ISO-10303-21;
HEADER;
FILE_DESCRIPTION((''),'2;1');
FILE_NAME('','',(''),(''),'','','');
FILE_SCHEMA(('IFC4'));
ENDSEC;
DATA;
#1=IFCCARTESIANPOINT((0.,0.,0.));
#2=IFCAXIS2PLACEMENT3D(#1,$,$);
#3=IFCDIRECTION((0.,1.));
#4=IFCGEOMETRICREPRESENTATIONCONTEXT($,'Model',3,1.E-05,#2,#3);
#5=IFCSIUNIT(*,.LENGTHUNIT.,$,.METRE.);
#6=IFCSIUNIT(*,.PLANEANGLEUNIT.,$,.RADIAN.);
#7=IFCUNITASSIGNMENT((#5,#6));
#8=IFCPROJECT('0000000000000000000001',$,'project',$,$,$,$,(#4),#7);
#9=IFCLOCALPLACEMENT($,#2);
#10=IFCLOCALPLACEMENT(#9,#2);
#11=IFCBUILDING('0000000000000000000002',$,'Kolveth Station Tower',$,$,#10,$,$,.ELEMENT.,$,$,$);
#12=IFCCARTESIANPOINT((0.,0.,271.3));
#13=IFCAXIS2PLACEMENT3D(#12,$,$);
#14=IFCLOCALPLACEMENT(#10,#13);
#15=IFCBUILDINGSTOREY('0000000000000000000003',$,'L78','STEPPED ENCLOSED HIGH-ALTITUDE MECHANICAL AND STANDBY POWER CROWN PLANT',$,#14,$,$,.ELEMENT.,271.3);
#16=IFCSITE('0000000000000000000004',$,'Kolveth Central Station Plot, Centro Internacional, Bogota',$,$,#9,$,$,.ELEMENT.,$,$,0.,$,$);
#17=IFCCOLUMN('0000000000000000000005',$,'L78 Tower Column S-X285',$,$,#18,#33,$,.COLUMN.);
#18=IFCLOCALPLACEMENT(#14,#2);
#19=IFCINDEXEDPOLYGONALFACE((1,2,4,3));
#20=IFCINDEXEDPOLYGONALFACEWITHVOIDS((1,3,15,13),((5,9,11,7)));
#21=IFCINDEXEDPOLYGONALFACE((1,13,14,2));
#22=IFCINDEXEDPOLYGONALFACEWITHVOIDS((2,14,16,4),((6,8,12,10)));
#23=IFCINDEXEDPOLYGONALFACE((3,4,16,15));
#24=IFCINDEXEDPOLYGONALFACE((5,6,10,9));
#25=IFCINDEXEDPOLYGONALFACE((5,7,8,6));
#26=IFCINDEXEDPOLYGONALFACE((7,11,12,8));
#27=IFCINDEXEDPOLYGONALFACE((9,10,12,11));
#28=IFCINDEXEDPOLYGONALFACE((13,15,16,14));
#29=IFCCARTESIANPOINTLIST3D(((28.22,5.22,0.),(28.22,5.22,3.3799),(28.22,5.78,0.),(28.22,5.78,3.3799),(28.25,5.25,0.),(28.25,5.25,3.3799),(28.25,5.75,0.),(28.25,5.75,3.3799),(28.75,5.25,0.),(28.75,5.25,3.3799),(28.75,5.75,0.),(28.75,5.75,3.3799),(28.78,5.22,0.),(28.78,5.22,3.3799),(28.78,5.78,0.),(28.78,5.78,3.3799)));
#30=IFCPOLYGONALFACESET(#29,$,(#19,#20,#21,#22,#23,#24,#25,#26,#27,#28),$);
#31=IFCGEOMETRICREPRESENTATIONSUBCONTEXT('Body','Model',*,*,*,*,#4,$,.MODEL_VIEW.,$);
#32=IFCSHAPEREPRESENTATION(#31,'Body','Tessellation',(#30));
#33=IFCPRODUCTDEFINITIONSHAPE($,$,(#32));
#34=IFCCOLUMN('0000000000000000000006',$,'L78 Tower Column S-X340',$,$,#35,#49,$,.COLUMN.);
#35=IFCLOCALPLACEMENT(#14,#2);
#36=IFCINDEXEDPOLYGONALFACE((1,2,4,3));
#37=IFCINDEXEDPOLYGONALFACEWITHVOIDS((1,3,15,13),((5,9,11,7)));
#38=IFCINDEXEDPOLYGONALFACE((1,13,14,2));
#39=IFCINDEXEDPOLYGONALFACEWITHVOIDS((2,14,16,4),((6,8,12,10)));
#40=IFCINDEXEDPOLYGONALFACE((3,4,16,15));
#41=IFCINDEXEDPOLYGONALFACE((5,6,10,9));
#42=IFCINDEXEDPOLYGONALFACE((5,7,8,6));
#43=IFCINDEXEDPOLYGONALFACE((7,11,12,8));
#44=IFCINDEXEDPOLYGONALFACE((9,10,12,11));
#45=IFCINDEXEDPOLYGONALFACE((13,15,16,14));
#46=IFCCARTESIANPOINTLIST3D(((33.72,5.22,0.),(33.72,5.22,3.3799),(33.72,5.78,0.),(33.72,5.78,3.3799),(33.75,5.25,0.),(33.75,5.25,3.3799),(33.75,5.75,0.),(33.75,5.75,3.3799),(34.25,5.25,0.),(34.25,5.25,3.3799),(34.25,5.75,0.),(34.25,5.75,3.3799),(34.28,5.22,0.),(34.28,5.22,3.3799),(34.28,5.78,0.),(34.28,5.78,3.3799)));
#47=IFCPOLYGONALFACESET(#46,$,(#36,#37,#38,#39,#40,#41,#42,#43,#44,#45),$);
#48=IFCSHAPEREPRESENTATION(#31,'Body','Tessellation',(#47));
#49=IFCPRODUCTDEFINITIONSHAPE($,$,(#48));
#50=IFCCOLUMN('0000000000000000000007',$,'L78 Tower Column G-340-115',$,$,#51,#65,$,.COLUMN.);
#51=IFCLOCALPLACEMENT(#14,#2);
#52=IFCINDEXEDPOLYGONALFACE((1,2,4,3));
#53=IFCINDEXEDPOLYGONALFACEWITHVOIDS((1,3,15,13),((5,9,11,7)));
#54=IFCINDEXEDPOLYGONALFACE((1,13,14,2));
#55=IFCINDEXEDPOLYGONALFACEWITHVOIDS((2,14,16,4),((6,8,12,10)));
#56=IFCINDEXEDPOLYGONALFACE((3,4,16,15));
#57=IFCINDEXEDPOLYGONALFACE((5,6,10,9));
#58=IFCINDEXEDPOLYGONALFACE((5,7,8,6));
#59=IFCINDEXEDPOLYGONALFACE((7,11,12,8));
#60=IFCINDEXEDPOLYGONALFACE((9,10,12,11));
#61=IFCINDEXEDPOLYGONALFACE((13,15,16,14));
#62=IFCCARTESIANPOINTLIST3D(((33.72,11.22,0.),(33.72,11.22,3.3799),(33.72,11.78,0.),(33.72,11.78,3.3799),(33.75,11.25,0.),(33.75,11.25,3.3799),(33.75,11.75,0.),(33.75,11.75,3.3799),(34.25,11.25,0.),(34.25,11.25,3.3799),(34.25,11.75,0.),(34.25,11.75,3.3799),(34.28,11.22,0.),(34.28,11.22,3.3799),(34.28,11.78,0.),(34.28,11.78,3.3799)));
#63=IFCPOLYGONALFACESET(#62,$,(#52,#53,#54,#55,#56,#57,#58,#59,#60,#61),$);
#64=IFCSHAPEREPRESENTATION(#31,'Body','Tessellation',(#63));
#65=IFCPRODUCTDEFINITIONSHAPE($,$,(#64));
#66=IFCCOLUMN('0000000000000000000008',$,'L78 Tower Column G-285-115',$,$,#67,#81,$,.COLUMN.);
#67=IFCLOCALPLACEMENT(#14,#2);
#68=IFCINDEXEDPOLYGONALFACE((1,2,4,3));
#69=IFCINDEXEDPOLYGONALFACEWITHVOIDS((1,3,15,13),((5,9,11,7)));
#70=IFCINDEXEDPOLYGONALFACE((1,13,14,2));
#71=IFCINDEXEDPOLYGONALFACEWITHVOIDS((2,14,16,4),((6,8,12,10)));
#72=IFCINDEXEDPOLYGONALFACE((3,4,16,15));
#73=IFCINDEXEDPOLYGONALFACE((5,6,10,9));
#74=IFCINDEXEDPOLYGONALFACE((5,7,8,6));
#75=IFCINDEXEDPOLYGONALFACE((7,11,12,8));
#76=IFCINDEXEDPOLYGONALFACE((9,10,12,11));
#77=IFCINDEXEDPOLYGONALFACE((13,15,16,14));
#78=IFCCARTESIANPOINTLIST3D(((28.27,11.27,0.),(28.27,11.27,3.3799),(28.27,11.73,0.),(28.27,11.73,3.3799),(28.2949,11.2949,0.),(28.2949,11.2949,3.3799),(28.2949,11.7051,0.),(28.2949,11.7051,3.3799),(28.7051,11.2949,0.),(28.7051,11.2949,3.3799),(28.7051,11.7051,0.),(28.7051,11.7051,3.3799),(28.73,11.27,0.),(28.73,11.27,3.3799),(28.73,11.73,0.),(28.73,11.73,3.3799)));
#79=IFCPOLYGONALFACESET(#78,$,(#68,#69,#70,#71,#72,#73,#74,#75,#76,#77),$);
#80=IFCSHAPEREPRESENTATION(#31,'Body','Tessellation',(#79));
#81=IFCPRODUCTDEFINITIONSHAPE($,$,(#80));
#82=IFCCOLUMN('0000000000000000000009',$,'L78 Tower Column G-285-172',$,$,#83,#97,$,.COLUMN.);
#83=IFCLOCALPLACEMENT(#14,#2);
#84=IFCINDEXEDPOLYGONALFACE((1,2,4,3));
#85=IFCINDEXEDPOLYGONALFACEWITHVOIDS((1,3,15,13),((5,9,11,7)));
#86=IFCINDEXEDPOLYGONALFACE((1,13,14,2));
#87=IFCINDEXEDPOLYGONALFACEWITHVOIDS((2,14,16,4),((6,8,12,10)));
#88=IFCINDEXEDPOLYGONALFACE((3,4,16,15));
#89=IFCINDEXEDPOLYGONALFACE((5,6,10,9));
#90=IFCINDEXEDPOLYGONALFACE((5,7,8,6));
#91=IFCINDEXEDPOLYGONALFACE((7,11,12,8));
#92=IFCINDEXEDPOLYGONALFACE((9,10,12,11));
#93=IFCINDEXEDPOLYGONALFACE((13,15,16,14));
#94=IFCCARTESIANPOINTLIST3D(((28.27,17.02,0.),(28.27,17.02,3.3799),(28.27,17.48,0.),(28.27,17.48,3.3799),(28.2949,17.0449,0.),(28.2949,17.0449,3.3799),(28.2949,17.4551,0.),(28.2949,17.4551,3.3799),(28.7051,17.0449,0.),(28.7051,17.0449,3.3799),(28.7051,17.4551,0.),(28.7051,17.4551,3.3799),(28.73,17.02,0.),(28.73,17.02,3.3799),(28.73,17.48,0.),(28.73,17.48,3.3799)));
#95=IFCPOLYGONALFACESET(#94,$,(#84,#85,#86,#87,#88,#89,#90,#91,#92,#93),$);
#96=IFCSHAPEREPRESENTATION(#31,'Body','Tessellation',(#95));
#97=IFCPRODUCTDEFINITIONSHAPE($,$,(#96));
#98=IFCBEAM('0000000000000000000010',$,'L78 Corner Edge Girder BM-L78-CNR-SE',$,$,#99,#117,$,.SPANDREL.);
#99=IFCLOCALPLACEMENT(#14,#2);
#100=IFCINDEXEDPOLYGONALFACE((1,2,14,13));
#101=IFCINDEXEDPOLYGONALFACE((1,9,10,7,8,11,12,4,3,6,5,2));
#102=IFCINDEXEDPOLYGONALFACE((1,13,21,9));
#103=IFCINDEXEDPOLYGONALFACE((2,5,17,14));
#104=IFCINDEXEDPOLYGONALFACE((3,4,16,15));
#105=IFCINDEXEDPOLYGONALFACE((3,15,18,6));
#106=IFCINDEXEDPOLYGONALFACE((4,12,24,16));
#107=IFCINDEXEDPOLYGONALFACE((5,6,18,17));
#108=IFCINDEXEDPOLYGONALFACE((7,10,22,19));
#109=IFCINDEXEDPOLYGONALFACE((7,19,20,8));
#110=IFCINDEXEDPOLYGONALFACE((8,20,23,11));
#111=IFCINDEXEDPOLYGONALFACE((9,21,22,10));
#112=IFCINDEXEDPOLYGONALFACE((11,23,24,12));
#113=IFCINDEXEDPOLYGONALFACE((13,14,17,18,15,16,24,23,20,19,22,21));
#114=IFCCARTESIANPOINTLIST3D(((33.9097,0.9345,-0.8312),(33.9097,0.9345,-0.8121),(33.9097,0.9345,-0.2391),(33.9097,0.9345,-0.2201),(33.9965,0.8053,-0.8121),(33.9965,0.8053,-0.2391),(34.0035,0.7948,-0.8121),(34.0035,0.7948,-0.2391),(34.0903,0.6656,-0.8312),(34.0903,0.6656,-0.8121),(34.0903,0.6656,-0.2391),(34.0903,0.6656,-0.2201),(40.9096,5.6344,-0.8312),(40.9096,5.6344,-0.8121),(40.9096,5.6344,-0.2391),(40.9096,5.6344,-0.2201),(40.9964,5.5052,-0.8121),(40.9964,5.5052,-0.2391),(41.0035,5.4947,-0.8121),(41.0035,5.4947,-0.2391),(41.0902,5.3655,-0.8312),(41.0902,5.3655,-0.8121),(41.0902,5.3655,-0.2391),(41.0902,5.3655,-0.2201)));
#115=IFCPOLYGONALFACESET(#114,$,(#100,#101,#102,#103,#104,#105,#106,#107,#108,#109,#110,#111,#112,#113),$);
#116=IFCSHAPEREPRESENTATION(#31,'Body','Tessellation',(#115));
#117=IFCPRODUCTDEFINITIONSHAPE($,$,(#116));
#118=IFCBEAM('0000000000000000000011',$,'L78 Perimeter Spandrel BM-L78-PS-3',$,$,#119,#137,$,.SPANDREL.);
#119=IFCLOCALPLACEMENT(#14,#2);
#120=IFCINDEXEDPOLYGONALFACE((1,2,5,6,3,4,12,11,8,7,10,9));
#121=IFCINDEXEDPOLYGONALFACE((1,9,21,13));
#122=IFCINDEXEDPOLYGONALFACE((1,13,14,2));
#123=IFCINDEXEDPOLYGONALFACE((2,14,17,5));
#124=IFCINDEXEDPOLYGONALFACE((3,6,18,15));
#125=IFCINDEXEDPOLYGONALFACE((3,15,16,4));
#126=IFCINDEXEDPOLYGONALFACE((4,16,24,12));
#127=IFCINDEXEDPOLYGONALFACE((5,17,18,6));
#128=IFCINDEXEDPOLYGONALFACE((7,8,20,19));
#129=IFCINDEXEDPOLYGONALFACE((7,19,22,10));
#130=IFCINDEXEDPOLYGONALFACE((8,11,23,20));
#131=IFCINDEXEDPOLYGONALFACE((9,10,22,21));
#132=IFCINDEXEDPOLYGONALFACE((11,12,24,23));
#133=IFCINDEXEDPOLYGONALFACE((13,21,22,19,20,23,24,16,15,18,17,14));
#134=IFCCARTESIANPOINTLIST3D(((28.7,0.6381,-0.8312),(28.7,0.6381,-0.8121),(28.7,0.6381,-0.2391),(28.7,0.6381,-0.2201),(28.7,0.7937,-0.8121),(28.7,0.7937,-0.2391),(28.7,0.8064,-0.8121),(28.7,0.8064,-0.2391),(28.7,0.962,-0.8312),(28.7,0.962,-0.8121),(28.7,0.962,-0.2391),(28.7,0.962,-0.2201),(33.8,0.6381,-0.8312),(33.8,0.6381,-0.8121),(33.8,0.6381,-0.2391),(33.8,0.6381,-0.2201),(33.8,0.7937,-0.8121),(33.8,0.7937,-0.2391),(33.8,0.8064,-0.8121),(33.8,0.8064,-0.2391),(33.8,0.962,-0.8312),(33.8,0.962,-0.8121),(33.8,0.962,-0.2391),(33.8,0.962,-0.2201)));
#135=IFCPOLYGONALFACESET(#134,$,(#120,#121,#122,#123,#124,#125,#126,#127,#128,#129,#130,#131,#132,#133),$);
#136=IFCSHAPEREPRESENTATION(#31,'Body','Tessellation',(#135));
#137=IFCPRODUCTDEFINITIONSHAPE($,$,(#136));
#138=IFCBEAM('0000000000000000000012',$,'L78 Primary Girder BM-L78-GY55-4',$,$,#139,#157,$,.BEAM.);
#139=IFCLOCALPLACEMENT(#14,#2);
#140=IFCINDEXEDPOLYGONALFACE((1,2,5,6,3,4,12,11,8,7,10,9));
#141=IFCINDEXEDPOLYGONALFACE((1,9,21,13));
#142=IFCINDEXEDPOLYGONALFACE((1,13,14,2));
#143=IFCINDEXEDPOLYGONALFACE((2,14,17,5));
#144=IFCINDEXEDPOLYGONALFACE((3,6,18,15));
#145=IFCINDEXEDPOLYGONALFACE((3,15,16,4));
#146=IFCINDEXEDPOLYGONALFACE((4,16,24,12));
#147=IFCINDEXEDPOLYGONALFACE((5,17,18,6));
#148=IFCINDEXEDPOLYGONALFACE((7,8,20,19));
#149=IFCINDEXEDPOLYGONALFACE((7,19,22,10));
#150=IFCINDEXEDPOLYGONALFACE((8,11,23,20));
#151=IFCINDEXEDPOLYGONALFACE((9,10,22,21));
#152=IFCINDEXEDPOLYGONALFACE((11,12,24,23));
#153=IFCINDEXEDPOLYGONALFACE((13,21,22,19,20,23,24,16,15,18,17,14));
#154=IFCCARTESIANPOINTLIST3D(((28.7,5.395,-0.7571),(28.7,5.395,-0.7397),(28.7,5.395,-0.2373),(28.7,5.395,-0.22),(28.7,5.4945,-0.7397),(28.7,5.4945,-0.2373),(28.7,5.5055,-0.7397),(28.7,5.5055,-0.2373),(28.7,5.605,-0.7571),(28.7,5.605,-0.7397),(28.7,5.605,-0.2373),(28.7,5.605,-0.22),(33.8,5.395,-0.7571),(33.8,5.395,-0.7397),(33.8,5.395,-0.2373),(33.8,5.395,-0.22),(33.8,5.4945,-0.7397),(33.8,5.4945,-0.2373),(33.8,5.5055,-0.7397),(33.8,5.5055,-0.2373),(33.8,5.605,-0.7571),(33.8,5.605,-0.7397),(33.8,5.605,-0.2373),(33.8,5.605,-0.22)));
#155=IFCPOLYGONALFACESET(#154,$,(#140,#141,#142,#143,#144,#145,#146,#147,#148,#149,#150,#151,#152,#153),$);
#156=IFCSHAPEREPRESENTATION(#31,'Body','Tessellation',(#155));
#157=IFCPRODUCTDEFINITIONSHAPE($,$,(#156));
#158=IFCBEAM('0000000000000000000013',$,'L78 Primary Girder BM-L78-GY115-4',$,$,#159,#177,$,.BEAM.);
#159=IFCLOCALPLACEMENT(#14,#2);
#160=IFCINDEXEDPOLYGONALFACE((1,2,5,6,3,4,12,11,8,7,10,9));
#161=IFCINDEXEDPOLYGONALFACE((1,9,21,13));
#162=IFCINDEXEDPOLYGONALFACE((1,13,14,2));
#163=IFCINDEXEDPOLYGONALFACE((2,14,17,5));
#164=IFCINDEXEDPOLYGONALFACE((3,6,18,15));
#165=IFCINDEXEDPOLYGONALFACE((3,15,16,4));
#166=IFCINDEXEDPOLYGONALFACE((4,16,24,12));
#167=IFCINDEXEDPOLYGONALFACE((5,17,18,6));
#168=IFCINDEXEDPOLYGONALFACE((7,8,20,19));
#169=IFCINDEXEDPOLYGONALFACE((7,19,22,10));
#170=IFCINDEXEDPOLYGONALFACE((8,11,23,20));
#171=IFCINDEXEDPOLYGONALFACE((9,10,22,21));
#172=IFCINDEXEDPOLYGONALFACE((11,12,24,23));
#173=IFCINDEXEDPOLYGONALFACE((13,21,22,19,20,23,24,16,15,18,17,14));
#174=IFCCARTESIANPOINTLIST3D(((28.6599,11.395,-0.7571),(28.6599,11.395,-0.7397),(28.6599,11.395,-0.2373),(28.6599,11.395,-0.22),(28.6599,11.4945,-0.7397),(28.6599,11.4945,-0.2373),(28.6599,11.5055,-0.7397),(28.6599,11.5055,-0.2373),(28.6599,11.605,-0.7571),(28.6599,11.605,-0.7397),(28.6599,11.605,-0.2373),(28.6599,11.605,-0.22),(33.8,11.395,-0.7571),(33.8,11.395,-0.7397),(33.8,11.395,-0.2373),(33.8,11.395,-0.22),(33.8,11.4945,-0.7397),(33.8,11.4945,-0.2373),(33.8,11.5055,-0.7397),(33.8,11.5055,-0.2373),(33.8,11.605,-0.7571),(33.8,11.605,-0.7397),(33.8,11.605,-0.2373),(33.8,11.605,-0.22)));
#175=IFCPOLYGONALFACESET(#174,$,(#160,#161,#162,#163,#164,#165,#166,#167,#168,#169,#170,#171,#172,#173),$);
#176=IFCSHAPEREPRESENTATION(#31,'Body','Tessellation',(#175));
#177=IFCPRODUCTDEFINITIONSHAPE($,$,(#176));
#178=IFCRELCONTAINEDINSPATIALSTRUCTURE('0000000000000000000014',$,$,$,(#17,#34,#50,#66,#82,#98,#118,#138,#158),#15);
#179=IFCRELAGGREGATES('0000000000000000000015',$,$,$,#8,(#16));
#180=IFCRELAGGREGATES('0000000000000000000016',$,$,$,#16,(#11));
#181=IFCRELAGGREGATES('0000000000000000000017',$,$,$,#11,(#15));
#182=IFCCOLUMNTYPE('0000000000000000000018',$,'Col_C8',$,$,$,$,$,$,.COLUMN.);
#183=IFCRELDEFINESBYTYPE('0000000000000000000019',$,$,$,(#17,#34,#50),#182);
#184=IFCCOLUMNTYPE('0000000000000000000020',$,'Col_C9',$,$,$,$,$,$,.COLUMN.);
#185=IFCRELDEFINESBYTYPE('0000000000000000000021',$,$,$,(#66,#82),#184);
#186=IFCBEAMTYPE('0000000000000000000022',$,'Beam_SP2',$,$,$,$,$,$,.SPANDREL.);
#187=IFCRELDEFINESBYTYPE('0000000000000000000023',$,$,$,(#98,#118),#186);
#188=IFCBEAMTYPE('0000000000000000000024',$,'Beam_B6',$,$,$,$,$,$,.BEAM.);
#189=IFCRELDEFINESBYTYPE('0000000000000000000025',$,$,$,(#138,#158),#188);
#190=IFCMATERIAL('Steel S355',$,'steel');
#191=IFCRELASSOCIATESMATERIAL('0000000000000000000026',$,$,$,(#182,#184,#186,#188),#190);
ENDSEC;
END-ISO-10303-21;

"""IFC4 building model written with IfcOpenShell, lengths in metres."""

from ifc_helpers import new_model, si_unit, direction, frame, origin, origin_2d, place, context, subcontext, project, spatial, hollow_rectangle, i_section, extrude, source, transform, mapped, material, material_profile, profile_set, type_object, element, save


model = new_model("IFC4")

# Units and contexts
model_context = context("Model", 3, precision=1e-05, world=origin(), true_north=direction((0.0, 1.0)))
body_context = subcontext(model_context, "Body", "Model", "MODEL_VIEW")
ifc_project = project(units=[si_unit("LENGTHUNIT", "METRE"), si_unit("PLANEANGLEUNIT", "RADIAN")], contexts=[model_context])

# Site, building, storey
site_placement = place(None, origin())
site = spatial("IfcSite", under=ifc_project, at=site_placement, Name="Kolveth Central Station Plot, Centro Internacional, Bogota", CompositionType="ELEMENT", RefElevation=0.0)
building_placement = place(site_placement, origin())
building = spatial("IfcBuilding", under=site, at=building_placement, Name="Kolveth Station Tower", CompositionType="ELEMENT")
storey_placement = place(building_placement, frame((0.0, 0.0, 271.3)))
storey = spatial("IfcBuildingStorey", under=building, at=storey_placement, Name="L78", Description="STEPPED ENCLOSED HIGH-ALTITUDE MECHANICAL AND STANDBY POWER CROWN PLANT", CompositionType="ELEMENT", Elevation=271.3)

# Columns
ifc_material_1 = material(Name="Steel S355", Category="steel")
ifc_material_profile_1 = material_profile(ifc_material_1, hollow_rectangle(XDim=0.5601, YDim=0.5601, WallThickness=0.03, at=origin_2d()), Name="BOX560x560x30")
ifc_profile_set_1 = profile_set([ifc_material_profile_1], Name="Steel S355")
column_type_1 = type_object("IfcColumnType", Name="Col_C8", PredefinedType="COLUMN", material=ifc_profile_set_1)
shared_shape_1 = source(origin(), body_context, "Body", "SweptSolid", [
    extrude(hollow_rectangle(XDim=0.5601, YDim=0.5601, WallThickness=0.03, at=origin_2d()), origin(), (0.0, 0.0, 1.0), 3.3799),
])
for number, where, z_axis, x_axis, name in (
    (1, (28.5, 5.5, 0.0), (0.0, 0.0, 1.0), (1.0, 0.0, 0.0), "L78 Tower Column S-X285"),
    (2, (34.0, 5.5, 0.0), (0.0, 0.0, 1.0), (1.0, 0.0, 0.0), "L78 Tower Column S-X340"),
    (3, (34.0, 11.5, 0.0), (0.0, 0.0, 1.0), (1.0, 0.0, 0.0), "L78 Tower Column G-340-115"),
):
    element("IfcColumn", number, at=place(storey_placement, frame(where, z_axis=z_axis, x_axis=x_axis)), inside=storey, type_object=column_type_1, Name=name, PredefinedType="COLUMN", context=body_context, shape_type="MappedRepresentation", body=[
        mapped(shared_shape_1, transform((0.0, 0.0, 0.0), x_axis=(1.0, 0.0, 0.0), y_axis=(0.0, 1.0, 0.0), z_axis=(0.0, 0.0, 1.0), scale=1.0)),
    ])
ifc_material_profile_2 = material_profile(ifc_material_1, hollow_rectangle(XDim=0.46, YDim=0.46, WallThickness=0.0249, at=origin_2d()), Name="BOX460x460x25")
ifc_profile_set_2 = profile_set([ifc_material_profile_2], Name="Steel S355")
column_type_2 = type_object("IfcColumnType", Name="Col_C9", PredefinedType="COLUMN", material=ifc_profile_set_2)
shared_shape_2 = source(origin(), body_context, "Body", "SweptSolid", [
    extrude(hollow_rectangle(XDim=0.46, YDim=0.46, WallThickness=0.0249, at=origin_2d()), origin(), (0.0, 0.0, 1.0), 3.3799),
])
for number, where, z_axis, x_axis, name in (
    (4, (28.5, 11.5, 0.0), (0.0, 0.0, 1.0), (1.0, 0.0, 0.0), "L78 Tower Column G-285-115"),
    (5, (28.5, 17.25, 0.0), (0.0, 0.0, 1.0), (1.0, 0.0, 0.0), "L78 Tower Column G-285-172"),
):
    element("IfcColumn", number, at=place(storey_placement, frame(where, z_axis=z_axis, x_axis=x_axis)), inside=storey, type_object=column_type_2, Name=name, PredefinedType="COLUMN", context=body_context, shape_type="MappedRepresentation", body=[
        mapped(shared_shape_2, transform((0.0, 0.0, 0.0), x_axis=(1.0, 0.0, 0.0), y_axis=(0.0, 1.0, 0.0), z_axis=(0.0, 0.0, 1.0), scale=1.0)),
    ])

# Beams
ifc_material_profile_3 = material_profile(ifc_material_1, i_section(OverallWidth=0.324, OverallDepth=0.6111, WebThickness=0.0127, FlangeThickness=0.019, at=origin_2d()), Name="W610x155")
ifc_profile_set_3 = profile_set([ifc_material_profile_3], Name="Steel S355")
beam_type_1 = type_object("IfcBeamType", Name="Beam_SP2", PredefinedType="SPANDREL", material=ifc_profile_set_3)
shared_shape_3 = source(origin(), body_context, "Body", "SweptSolid", [
    extrude(i_section(OverallWidth=0.324, OverallDepth=0.6111, WebThickness=0.0127, FlangeThickness=0.019, at=origin_2d()), origin(), (0.0, 0.0, 1.0), 8.4314),
])
beam_1_placement = place(storey_placement, frame((34.0, 0.8, -0.5256), z_axis=(0.830224, 0.55743, 0.0), x_axis=(-0.55743, 0.830224, 0.0)))
element("IfcBeam", 6, at=beam_1_placement, inside=storey, type_object=beam_type_1, Name="L78 Corner Edge Girder BM-L78-CNR-SE", PredefinedType="SPANDREL", context=body_context, shape_type="MappedRepresentation", body=[
    mapped(shared_shape_3, transform((0.0, 0.0, 0.0), x_axis=(1.0, 0.0, 0.0), y_axis=(0.0, 1.0, 0.0), z_axis=(0.0, 0.0, 1.0), scale=1.0)),
])
shared_shape_4 = source(origin(), body_context, "Body", "SweptSolid", [
    extrude(i_section(OverallWidth=0.324, OverallDepth=0.6111, WebThickness=0.0127, FlangeThickness=0.019, at=origin_2d()), origin(), (0.0, 0.0, 1.0), 5.1001),
])
beam_2_placement = place(storey_placement, frame((28.7, 0.8, -0.5256), z_axis=(1.0, 0.0, 0.0), x_axis=(0.0, 1.0, 0.0)))
element("IfcBeam", 7, at=beam_2_placement, inside=storey, type_object=beam_type_1, Name="L78 Perimeter Spandrel BM-L78-PS-3", PredefinedType="SPANDREL", context=body_context, shape_type="MappedRepresentation", body=[
    mapped(shared_shape_4, transform((0.0, 0.0, 0.0), x_axis=(1.0, 0.0, 0.0), y_axis=(0.0, 1.0, 0.0), z_axis=(0.0, 0.0, 1.0), scale=1.0)),
])
ifc_material_profile_4 = material_profile(ifc_material_1, i_section(OverallWidth=0.21, OverallDepth=0.5371, WebThickness=0.011, FlangeThickness=0.0173, at=origin_2d()), Name="W530x101")
ifc_profile_set_4 = profile_set([ifc_material_profile_4], Name="Steel S355")
beam_type_2 = type_object("IfcBeamType", Name="Beam_B6", PredefinedType="BEAM", material=ifc_profile_set_4)
shared_shape_5 = source(origin(), body_context, "Body", "SweptSolid", [
    extrude(i_section(OverallWidth=0.21, OverallDepth=0.5371, WebThickness=0.011, FlangeThickness=0.0173, at=origin_2d()), origin(), (0.0, 0.0, 1.0), 5.1001),
])
beam_3_placement = place(storey_placement, frame((28.7, 5.5, -0.4885), z_axis=(1.0, 0.0, 0.0), x_axis=(0.0, 1.0, 0.0)))
element("IfcBeam", 8, at=beam_3_placement, inside=storey, type_object=beam_type_2, Name="L78 Primary Girder BM-L78-GY55-4", PredefinedType="BEAM", context=body_context, shape_type="MappedRepresentation", body=[
    mapped(shared_shape_5, transform((0.0, 0.0, 0.0), x_axis=(1.0, 0.0, 0.0), y_axis=(0.0, 1.0, 0.0), z_axis=(0.0, 0.0, 1.0), scale=1.0)),
])
shared_shape_6 = source(origin(), body_context, "Body", "SweptSolid", [
    extrude(i_section(OverallWidth=0.21, OverallDepth=0.5371, WebThickness=0.011, FlangeThickness=0.0173, at=origin_2d()), origin(), (0.0, 0.0, 1.0), 5.1401),
])
for number, where, z_axis, x_axis, name in (
    (9, (28.6599, 11.5, -0.4885), (1.0, 0.0, 0.0), (0.0, 1.0, 0.0), "L78 Primary Girder BM-L78-GY115-4"),
):
    element("IfcBeam", number, at=place(storey_placement, frame(where, z_axis=z_axis, x_axis=x_axis)), inside=storey, type_object=beam_type_2, Name=name, PredefinedType="BEAM", context=body_context, shape_type="MappedRepresentation", body=[
        mapped(shared_shape_6, transform((0.0, 0.0, 0.0), x_axis=(1.0, 0.0, 0.0), y_axis=(0.0, 1.0, 0.0), z_axis=(0.0, 0.0, 1.0), scale=1.0)),
    ])

save(model, "model.ifc")
